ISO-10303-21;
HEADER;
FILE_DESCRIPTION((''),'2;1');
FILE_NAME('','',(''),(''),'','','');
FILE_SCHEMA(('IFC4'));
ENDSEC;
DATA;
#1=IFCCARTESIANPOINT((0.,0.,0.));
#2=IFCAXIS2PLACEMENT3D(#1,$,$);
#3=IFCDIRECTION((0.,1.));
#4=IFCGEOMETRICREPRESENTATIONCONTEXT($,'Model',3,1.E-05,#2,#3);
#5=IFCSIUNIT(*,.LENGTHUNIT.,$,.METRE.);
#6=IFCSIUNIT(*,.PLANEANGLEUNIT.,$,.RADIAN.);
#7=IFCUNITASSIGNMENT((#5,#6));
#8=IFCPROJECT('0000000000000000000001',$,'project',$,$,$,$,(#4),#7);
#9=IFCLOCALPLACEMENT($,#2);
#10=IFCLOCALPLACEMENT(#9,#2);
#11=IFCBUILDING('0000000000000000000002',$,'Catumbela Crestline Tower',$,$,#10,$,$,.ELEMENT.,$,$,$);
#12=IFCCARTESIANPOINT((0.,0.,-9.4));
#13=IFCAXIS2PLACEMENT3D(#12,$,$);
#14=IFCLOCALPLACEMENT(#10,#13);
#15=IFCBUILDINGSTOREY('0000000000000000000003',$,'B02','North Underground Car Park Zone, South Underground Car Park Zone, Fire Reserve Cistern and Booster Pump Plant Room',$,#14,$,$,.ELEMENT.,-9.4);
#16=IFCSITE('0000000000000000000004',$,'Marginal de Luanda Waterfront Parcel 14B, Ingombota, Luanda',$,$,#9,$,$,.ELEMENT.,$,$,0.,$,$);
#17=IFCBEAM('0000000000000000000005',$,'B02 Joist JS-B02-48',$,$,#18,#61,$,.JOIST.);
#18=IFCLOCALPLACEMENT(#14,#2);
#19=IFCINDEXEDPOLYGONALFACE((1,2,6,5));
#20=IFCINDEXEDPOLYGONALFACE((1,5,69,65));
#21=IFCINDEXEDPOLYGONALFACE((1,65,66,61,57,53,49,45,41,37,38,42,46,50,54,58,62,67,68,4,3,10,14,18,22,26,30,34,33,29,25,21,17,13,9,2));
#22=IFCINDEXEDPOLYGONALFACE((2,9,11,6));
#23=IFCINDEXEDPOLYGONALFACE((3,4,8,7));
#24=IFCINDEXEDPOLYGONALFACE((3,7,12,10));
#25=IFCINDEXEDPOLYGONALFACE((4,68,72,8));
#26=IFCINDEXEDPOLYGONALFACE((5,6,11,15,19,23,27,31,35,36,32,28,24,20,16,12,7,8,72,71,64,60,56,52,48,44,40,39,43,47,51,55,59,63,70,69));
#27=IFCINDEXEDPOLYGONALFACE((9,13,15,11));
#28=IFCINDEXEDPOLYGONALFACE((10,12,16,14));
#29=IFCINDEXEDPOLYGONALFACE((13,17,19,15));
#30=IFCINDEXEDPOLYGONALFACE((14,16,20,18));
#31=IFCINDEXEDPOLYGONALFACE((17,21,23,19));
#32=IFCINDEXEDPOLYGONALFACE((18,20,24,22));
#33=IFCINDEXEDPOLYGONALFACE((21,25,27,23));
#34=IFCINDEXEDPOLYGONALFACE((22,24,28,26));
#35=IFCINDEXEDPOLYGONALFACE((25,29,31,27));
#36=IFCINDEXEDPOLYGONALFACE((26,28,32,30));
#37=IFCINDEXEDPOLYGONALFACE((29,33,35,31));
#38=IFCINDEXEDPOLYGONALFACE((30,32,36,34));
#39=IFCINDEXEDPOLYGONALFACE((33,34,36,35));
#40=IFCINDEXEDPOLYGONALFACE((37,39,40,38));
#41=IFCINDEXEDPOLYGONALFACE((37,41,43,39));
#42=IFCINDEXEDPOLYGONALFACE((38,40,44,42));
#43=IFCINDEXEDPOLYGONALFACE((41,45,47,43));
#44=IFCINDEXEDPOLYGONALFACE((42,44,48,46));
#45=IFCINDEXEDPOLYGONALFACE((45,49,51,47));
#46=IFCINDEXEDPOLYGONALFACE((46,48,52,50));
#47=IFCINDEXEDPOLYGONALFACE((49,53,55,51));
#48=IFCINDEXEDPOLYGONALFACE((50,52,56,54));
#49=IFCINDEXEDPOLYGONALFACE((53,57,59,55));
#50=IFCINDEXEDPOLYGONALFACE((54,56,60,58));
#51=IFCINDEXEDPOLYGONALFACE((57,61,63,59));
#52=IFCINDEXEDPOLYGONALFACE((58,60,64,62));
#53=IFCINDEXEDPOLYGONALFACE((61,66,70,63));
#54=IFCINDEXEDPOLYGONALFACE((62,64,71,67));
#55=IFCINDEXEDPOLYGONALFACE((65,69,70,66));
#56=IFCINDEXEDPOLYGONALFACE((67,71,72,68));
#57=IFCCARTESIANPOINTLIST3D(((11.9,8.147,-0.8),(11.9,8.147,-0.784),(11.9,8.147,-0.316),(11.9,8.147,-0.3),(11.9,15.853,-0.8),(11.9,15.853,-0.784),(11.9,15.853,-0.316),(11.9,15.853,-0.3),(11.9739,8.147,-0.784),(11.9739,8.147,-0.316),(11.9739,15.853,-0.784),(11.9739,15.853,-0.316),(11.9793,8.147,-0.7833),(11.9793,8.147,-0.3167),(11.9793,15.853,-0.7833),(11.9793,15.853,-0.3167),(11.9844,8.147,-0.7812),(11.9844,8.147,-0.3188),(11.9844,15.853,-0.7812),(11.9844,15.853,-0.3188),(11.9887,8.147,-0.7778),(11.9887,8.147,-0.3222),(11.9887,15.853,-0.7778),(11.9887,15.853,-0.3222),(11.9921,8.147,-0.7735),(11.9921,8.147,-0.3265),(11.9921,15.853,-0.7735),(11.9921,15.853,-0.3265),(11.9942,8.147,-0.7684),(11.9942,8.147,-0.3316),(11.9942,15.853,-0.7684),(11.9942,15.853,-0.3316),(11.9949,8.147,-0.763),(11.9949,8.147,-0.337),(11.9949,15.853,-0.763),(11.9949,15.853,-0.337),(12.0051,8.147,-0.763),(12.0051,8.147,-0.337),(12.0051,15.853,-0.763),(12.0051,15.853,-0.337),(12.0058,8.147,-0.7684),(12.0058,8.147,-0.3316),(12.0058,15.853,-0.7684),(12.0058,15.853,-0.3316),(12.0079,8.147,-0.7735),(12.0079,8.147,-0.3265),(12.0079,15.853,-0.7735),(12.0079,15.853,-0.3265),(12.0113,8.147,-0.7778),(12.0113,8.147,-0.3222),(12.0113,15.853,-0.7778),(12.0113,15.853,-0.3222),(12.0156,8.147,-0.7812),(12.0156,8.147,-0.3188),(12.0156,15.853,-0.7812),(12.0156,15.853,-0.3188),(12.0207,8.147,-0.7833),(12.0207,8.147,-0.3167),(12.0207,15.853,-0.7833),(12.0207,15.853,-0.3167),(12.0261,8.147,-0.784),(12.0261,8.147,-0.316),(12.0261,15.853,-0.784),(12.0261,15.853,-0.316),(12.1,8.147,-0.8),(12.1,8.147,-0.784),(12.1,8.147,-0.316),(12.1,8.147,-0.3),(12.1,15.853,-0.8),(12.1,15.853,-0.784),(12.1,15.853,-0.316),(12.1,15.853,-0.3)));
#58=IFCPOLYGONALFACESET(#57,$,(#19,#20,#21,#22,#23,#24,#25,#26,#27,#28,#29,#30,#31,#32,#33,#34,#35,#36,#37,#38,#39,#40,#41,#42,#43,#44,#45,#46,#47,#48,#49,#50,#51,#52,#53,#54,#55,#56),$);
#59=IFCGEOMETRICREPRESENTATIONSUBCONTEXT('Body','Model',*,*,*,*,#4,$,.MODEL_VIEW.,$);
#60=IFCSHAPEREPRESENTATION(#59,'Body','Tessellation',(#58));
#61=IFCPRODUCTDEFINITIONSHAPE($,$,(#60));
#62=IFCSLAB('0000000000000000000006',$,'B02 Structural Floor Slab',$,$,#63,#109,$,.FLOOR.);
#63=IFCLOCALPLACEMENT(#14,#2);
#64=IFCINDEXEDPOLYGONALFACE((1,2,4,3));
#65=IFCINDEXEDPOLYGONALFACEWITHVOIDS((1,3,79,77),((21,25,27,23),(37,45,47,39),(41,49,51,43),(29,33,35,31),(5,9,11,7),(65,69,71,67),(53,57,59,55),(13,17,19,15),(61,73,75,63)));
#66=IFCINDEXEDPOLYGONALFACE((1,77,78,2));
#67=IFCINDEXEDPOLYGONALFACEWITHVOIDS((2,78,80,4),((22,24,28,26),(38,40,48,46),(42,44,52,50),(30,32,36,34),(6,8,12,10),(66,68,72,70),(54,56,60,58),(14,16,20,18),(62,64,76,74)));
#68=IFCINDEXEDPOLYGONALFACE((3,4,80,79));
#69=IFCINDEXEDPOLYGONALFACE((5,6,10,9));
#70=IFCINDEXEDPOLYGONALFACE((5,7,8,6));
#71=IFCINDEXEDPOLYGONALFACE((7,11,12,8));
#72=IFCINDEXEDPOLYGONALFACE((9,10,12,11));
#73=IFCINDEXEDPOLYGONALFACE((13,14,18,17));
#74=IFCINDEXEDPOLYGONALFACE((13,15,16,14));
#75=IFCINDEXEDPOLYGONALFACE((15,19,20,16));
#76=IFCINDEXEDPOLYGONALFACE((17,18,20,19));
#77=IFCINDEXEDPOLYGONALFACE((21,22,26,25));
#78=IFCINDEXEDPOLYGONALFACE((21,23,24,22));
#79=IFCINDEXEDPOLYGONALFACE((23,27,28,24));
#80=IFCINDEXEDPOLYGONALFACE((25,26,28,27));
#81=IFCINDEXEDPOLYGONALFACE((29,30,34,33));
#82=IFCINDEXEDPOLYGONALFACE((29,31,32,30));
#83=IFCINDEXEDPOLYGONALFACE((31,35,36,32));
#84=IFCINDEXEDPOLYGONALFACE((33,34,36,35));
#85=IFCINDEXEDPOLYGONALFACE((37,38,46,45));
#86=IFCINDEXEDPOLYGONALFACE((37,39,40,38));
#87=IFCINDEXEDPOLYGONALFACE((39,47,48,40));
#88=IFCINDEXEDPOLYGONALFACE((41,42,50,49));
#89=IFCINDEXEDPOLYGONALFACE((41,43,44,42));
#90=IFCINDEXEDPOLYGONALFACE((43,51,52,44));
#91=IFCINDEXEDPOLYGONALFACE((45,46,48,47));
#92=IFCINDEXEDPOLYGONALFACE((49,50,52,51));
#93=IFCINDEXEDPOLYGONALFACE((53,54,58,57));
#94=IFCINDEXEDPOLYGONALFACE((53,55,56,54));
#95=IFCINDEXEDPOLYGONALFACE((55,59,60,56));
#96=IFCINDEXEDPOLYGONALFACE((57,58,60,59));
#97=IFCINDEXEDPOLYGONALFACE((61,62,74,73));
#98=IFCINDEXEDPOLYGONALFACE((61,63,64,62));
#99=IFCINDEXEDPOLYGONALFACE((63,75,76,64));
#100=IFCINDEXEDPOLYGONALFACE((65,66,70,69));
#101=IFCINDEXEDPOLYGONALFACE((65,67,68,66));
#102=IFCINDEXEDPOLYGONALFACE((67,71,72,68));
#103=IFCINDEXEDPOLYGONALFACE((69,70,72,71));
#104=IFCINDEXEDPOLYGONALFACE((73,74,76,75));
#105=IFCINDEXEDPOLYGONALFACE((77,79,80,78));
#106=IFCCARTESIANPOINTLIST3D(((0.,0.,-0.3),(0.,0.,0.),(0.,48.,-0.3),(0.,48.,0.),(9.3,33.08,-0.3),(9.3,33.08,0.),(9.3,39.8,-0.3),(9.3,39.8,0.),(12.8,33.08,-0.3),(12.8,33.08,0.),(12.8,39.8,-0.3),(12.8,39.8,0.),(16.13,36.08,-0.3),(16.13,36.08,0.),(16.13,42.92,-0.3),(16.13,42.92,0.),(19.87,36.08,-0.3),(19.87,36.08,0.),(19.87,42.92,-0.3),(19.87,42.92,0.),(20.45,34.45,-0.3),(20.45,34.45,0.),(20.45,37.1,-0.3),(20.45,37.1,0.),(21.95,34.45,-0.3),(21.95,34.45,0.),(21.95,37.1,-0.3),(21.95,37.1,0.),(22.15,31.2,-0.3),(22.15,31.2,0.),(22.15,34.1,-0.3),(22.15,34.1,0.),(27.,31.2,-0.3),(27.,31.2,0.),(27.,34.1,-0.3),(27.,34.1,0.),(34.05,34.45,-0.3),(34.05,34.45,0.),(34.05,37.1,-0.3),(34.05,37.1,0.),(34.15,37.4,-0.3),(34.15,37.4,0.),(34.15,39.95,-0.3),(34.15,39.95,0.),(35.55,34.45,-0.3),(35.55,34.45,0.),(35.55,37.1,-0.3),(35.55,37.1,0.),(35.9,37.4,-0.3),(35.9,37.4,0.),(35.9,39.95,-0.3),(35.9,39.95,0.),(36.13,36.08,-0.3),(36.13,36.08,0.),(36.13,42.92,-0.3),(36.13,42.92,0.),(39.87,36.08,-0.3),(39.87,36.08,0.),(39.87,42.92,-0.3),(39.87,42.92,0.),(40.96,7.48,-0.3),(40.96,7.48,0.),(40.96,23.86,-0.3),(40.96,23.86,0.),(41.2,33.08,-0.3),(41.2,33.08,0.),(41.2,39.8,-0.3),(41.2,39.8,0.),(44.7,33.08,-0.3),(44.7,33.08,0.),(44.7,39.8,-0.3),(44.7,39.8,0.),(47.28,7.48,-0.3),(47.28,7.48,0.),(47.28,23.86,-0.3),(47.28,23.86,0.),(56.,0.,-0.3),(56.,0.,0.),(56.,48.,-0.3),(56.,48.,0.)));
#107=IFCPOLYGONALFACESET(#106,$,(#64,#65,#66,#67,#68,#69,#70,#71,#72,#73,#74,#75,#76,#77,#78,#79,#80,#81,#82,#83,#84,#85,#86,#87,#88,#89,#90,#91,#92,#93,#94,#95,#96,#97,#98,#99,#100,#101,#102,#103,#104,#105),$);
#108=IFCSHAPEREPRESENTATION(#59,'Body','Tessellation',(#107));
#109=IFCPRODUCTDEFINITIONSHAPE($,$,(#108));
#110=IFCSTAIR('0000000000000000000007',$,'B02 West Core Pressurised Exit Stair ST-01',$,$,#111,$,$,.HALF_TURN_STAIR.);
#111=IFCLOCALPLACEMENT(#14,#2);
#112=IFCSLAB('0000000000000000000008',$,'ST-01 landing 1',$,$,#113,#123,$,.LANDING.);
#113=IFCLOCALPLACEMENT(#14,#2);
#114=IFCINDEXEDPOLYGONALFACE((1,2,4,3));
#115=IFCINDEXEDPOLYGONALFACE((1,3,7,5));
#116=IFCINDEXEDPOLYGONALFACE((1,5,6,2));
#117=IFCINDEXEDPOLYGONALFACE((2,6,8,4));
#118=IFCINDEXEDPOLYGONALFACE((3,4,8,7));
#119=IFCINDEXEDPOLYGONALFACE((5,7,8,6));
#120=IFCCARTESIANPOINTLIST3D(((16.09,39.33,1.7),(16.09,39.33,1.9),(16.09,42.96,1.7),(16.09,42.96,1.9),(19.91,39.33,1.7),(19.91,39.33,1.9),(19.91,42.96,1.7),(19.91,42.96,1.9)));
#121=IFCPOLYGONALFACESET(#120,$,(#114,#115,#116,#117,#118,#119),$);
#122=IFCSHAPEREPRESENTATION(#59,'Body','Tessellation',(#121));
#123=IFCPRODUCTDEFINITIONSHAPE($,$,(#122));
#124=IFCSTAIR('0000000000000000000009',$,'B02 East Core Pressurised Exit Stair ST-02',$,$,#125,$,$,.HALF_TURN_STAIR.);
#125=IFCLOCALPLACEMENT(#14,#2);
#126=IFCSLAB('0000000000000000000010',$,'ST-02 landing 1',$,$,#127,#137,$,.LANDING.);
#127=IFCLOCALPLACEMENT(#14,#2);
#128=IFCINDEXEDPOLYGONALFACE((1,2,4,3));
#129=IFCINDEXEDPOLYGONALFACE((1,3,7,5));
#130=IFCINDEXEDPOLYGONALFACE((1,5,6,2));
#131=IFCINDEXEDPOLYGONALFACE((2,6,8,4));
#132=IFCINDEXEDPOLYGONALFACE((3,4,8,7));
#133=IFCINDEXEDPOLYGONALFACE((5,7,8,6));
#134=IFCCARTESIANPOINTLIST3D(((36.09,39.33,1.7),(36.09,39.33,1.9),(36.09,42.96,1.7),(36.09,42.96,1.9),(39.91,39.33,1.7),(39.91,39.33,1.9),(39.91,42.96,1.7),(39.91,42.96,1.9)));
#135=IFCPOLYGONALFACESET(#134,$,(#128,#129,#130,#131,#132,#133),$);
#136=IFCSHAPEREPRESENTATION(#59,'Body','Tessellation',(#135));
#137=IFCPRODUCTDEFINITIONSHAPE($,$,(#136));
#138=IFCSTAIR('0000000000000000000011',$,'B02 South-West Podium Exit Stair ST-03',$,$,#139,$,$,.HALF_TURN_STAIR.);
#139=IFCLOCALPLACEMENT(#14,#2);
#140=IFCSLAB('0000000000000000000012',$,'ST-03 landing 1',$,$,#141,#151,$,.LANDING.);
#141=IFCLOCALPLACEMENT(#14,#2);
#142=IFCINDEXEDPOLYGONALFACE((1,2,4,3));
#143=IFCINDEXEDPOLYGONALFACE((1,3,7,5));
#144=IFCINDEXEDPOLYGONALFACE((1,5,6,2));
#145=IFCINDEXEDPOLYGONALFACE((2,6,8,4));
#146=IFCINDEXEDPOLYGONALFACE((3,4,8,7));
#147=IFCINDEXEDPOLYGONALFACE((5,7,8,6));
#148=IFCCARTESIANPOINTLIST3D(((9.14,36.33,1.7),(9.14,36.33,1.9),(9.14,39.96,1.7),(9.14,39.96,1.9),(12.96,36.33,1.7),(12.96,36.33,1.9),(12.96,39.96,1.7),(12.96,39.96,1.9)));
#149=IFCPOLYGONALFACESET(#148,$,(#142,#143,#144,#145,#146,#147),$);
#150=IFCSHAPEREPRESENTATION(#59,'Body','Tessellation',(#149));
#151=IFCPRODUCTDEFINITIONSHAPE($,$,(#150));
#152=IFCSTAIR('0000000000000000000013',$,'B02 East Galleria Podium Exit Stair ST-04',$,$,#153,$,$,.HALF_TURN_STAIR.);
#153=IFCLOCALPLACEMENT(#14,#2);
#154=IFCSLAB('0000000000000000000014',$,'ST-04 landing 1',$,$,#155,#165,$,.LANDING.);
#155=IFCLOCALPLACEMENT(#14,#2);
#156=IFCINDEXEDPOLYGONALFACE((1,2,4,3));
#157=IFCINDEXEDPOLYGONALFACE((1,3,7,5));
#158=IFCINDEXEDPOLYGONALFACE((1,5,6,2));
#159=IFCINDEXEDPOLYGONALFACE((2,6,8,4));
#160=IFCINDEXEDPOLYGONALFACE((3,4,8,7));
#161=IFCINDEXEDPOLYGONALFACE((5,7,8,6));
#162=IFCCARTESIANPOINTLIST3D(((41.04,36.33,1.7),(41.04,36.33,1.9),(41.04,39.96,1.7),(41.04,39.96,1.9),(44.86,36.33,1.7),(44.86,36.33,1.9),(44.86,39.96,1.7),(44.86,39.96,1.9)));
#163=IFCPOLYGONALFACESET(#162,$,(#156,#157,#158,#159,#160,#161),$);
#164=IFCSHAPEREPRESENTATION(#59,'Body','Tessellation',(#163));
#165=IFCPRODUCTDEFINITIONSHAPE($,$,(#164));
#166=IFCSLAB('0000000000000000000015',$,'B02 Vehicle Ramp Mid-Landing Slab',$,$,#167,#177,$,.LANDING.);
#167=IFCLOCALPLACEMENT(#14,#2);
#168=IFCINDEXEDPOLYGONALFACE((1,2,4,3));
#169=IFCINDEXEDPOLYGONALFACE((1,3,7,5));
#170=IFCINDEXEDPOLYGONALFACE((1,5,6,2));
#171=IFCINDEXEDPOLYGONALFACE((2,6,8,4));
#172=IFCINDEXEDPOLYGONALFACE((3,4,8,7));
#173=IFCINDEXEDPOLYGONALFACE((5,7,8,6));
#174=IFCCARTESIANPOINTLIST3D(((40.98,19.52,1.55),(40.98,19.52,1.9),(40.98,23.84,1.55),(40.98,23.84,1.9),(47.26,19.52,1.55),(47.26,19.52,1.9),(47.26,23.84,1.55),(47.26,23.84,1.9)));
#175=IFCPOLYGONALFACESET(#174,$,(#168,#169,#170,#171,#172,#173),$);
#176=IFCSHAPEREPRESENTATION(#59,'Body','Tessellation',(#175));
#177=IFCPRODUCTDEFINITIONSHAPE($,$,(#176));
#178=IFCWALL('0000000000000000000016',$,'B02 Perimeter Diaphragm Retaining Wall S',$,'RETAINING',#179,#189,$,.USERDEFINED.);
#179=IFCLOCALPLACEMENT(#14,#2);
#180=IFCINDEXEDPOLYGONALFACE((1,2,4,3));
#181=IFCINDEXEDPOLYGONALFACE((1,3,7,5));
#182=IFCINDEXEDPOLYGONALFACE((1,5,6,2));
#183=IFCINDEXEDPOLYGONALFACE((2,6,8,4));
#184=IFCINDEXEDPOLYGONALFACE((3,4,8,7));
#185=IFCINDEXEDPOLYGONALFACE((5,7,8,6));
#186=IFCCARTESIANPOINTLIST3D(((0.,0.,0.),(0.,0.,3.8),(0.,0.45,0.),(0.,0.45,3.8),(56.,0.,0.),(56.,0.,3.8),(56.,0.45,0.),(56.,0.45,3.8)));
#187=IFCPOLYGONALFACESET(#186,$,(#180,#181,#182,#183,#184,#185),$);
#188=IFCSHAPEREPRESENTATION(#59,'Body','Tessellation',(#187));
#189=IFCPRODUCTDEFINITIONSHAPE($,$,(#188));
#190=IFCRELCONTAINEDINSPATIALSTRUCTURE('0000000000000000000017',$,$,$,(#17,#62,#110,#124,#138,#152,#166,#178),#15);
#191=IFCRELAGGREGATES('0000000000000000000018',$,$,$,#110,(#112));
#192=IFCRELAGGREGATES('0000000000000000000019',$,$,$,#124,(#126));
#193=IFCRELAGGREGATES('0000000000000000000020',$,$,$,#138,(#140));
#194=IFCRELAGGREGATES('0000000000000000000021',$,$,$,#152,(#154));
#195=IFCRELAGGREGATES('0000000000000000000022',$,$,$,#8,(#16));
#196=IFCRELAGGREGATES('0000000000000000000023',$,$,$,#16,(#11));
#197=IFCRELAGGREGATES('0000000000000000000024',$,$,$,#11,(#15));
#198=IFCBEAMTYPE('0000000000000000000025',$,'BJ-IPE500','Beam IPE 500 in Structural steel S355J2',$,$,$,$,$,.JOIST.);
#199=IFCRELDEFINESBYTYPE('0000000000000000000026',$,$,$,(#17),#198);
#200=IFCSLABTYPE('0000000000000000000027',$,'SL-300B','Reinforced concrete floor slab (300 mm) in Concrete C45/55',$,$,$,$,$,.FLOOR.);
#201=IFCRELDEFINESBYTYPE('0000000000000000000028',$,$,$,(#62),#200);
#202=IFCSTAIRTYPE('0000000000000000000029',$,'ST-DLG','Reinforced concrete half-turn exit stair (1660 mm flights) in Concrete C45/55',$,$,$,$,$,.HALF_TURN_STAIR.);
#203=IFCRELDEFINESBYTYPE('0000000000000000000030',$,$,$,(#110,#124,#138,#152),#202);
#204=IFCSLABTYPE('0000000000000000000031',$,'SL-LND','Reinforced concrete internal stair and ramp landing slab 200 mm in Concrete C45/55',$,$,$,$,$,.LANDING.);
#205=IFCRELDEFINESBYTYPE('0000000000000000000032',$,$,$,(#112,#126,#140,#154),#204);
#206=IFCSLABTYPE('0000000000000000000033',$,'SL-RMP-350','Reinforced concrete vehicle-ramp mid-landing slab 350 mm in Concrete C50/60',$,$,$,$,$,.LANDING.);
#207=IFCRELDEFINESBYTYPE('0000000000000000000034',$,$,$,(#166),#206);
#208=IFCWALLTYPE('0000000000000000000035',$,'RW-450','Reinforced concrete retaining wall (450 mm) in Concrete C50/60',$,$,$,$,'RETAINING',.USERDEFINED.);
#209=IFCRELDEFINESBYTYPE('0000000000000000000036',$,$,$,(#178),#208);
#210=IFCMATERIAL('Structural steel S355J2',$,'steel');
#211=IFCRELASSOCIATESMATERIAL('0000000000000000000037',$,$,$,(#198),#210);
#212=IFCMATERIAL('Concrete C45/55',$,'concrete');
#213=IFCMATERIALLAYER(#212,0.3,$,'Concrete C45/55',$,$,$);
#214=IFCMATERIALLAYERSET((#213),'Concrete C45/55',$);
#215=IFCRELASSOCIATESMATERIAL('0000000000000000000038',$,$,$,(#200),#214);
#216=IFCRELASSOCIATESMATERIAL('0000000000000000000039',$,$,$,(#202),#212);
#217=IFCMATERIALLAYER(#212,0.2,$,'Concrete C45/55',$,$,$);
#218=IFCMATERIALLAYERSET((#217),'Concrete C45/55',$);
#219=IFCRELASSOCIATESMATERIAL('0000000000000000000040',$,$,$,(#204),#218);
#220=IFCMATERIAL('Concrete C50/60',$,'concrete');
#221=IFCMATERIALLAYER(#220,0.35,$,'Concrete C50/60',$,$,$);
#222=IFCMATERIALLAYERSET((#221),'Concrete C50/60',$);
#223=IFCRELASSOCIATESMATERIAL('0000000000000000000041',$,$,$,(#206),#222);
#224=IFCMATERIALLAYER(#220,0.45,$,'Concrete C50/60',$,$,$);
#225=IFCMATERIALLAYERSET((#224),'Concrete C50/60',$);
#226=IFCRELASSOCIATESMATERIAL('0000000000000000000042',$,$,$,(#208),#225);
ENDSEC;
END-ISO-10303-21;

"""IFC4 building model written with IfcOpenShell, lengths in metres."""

from ifc_helpers import new_model, si_unit, direction, frame, frame_2d, origin, origin_2d, place, context, subcontext, project, spatial, polyline, rectangle, i_section, outline, extrude, material, layer, layer_set, material_profile, profile_set, type_object, element, aggregate, save


model = new_model("IFC4")

# Units and contexts
model_context = context("Model", 3, precision=1e-05, world=origin(), true_north=direction((0.0, 1.0)))
body_context = subcontext(model_context, "Body", "Model", "MODEL_VIEW")
ifc_project = project(units=[si_unit("LENGTHUNIT", "METRE"), si_unit("PLANEANGLEUNIT", "RADIAN")], contexts=[model_context])

# Site, building, storey
site_placement = place(None, origin())
site = spatial("IfcSite", under=ifc_project, at=site_placement, Name="Marginal de Luanda Waterfront Parcel 14B, Ingombota, Luanda", CompositionType="ELEMENT", RefElevation=0.0)
building_placement = place(site_placement, origin())
building = spatial("IfcBuilding", under=site, at=building_placement, Name="Catumbela Crestline Tower", CompositionType="ELEMENT")
storey_placement = place(building_placement, frame((0.0, 0.0, -9.4)))
storey = spatial("IfcBuildingStorey", under=building, at=storey_placement, Name="B02", Description="North Underground Car Park Zone, South Underground Car Park Zone, Fire Reserve Cistern and Booster Pump Plant Room", CompositionType="ELEMENT", Elevation=-9.4)

# Beam
ifc_material_1 = material(Name="Structural steel S355J2", Category="steel")
ifc_material_profile_1 = material_profile(ifc_material_1, i_section(OverallWidth=0.2, OverallDepth=0.5, WebThickness=0.0102, FlangeThickness=0.016, FilletRadius=0.021, at=origin_2d()), Name="IPE 500")
ifc_profile_set_1 = profile_set([ifc_material_profile_1], Name="Structural steel S355J2")
beam_type_1 = type_object("IfcBeamType", Name="BJ-IPE500", Description="Beam IPE 500 in Structural steel S355J2", PredefinedType="JOIST", material=ifc_profile_set_1)
beam_1_placement = place(storey_placement, frame((12.0, 8.147, -0.55), z_axis=(0.0, 1.0, 0.0), x_axis=(-1.0, 0.0, 0.0)))
element("IfcBeam", 1, at=beam_1_placement, inside=storey, type_object=beam_type_1, Name="B02 Joist JS-B02-48", PredefinedType="JOIST", context=body_context, shape_type="SweptSolid", body=[
    extrude(i_section(OverallWidth=0.2, OverallDepth=0.5, WebThickness=0.0102, FlangeThickness=0.016, FilletRadius=0.021, at=origin_2d()), origin(), (0.0, 0.0, 1.0), 7.706),
])

# Slab
ifc_material_2 = material(Name="Concrete C45/55", Category="concrete")
ifc_layer_1 = layer(ifc_material_2, 0.3, Name="Concrete C45/55")
ifc_layer_set_1 = layer_set([ifc_layer_1], Name="Concrete C45/55")
slab_type_1 = type_object("IfcSlabType", Name="SL-300B", Description="Reinforced concrete floor slab (300 mm) in Concrete C45/55", PredefinedType="FLOOR", material=ifc_layer_set_1)
slab_1_placement = place(storey_placement, frame((0.0, 0.0, -0.3)))
element("IfcSlab", 2, at=slab_1_placement, inside=storey, type_object=slab_type_1, Name="B02 Structural Floor Slab", PredefinedType="FLOOR", context=body_context, shape_type="SweptSolid", body=[
    extrude(outline(polyline([(0.0, 0.0), (56.0, 0.0), (56.0, 48.0), (0.0, 48.0), (0.0, 0.0)]), holes=[polyline([(16.13, 36.08), (19.87, 36.08), (19.87, 42.92), (16.13, 42.92), (16.13, 36.08)]), polyline([(36.13, 36.08), (39.87, 36.08), (39.87, 42.92), (36.13, 42.92), (36.13, 36.08)]), polyline([(12.8, 33.08), (12.8, 39.8), (9.3, 39.8), (9.3, 33.08), (12.8, 33.08)]), polyline([(44.7, 33.08), (44.7, 39.8), (41.2, 39.8), (41.2, 33.08), (44.7, 33.08)]), polyline([(22.15, 31.2), (27.0, 31.2), (27.0, 34.1), (22.15, 34.1), (22.15, 31.2)]), polyline([(20.45, 34.45), (21.95, 34.45), (21.95, 37.1), (20.45, 37.1), (20.45, 34.45)]), polyline([(34.05, 34.45), (35.55, 34.45), (35.55, 37.1), (34.05, 37.1), (34.05, 34.45)]), polyline([(34.15, 37.4), (35.9, 37.4), (35.9, 39.95), (34.15, 39.95), (34.15, 37.4)]), polyline([(40.96, 7.48), (47.28, 7.48), (47.28, 23.86), (40.96, 23.86), (40.96, 7.48)])]), origin(), (0.0, 0.0, 1.0), 0.3),
])

# Stairs, slabs
stair_type = type_object("IfcStairType", Name="ST-DLG", Description="Reinforced concrete half-turn exit stair (1660 mm flights) in Concrete C45/55", PredefinedType="HALF_TURN_STAIR", material=ifc_material_2)
stair_1_placement = place(storey_placement, origin())
stair_1 = element("IfcStair", 3, at=stair_1_placement, inside=storey, type_object=stair_type, Name="B02 West Core Pressurised Exit Stair ST-01", PredefinedType="HALF_TURN_STAIR")
ifc_layer_2 = layer(ifc_material_2, 0.2, Name="Concrete C45/55")
ifc_layer_set_2 = layer_set([ifc_layer_2], Name="Concrete C45/55")
slab_type_2 = type_object("IfcSlabType", Name="SL-LND", Description="Reinforced concrete internal stair and ramp landing slab 200 mm in Concrete C45/55", PredefinedType="LANDING", material=ifc_layer_set_2)
slab_2_placement = place(storey_placement, frame((0.0, 0.0, 1.7)))
slab_2 = element("IfcSlab", 4, at=slab_2_placement, type_object=slab_type_2, Name="ST-01 landing 1", PredefinedType="LANDING", context=body_context, shape_type="SweptSolid", body=[
    extrude(outline(polyline([(19.91, 39.33), (19.91, 42.96), (16.09, 42.96), (16.09, 39.33), (19.91, 39.33)])), origin(), (0.0, 0.0, 1.0), 0.2),
])
aggregate(stair_1, [slab_2])
stair_2_placement = place(storey_placement, origin())
stair_2 = element("IfcStair", 5, at=stair_2_placement, inside=storey, type_object=stair_type, Name="B02 East Core Pressurised Exit Stair ST-02", PredefinedType="HALF_TURN_STAIR")
slab_3_placement = place(storey_placement, frame((0.0, 0.0, 1.7)))
slab_3 = element("IfcSlab", 6, at=slab_3_placement, type_object=slab_type_2, Name="ST-02 landing 1", PredefinedType="LANDING", context=body_context, shape_type="SweptSolid", body=[
    extrude(outline(polyline([(39.91, 39.33), (39.91, 42.96), (36.09, 42.96), (36.09, 39.33), (39.91, 39.33)])), origin(), (0.0, 0.0, 1.0), 0.2),
])
aggregate(stair_2, [slab_3])
stair_3_placement = place(storey_placement, origin())
stair_3 = element("IfcStair", 7, at=stair_3_placement, inside=storey, type_object=stair_type, Name="B02 South-West Podium Exit Stair ST-03", PredefinedType="HALF_TURN_STAIR")
slab_4_placement = place(storey_placement, frame((0.0, 0.0, 1.7)))
slab_4 = element("IfcSlab", 8, at=slab_4_placement, type_object=slab_type_2, Name="ST-03 landing 1", PredefinedType="LANDING", context=body_context, shape_type="SweptSolid", body=[
    extrude(outline(polyline([(12.96, 36.33), (12.96, 39.96), (9.14, 39.96), (9.14, 36.33), (12.96, 36.33)])), origin(), (0.0, 0.0, 1.0), 0.2),
])
aggregate(stair_3, [slab_4])
stair_4_placement = place(storey_placement, origin())
stair_4 = element("IfcStair", 9, at=stair_4_placement, inside=storey, type_object=stair_type, Name="B02 East Galleria Podium Exit Stair ST-04", PredefinedType="HALF_TURN_STAIR")
slab_5_placement = place(storey_placement, frame((0.0, 0.0, 1.7)))
slab_5 = element("IfcSlab", 10, at=slab_5_placement, type_object=slab_type_2, Name="ST-04 landing 1", PredefinedType="LANDING", context=body_context, shape_type="SweptSolid", body=[
    extrude(outline(polyline([(44.86, 36.33), (44.86, 39.96), (41.04, 39.96), (41.04, 36.33), (44.86, 36.33)])), origin(), (0.0, 0.0, 1.0), 0.2),
])
aggregate(stair_4, [slab_5])

# Slab
ifc_material_3 = material(Name="Concrete C50/60", Category="concrete")
ifc_layer_3 = layer(ifc_material_3, 0.35, Name="Concrete C50/60")
ifc_layer_set_3 = layer_set([ifc_layer_3], Name="Concrete C50/60")
slab_type_3 = type_object("IfcSlabType", Name="SL-RMP-350", Description="Reinforced concrete vehicle-ramp mid-landing slab 350 mm in Concrete C50/60", PredefinedType="LANDING", material=ifc_layer_set_3)
slab_6_placement = place(storey_placement, frame((0.0, 0.0, 1.55)))
element("IfcSlab", 11, at=slab_6_placement, inside=storey, type_object=slab_type_3, Name="B02 Vehicle Ramp Mid-Landing Slab", PredefinedType="LANDING", context=body_context, shape_type="SweptSolid", body=[
    extrude(outline(polyline([(40.98, 19.52), (47.26, 19.52), (47.26, 23.84), (40.98, 23.84), (40.98, 19.52)])), origin(), (0.0, 0.0, 1.0), 0.35),
])

# Wall
ifc_layer_4 = layer(ifc_material_3, 0.45, Name="Concrete C50/60")
ifc_layer_set_4 = layer_set([ifc_layer_4], Name="Concrete C50/60")
wall_type = type_object("IfcWallType", Name="RW-450", Description="Reinforced concrete retaining wall (450 mm) in Concrete C50/60", ElementType="RETAINING", PredefinedType="USERDEFINED", material=ifc_layer_set_4)
wall_1_placement = place(storey_placement, frame((0.0, 0.225, 0.0), z_axis=(0.0, 0.0, 1.0), x_axis=(1.0, 0.0, 0.0)))
element("IfcWall", 12, at=wall_1_placement, inside=storey, type_object=wall_type, Name="B02 Perimeter Diaphragm Retaining Wall S", ObjectType="RETAINING", PredefinedType="USERDEFINED", context=body_context, shape_type="SweptSolid", body=[
    extrude(rectangle(XDim=56.0, YDim=0.45, at=frame_2d((28.0, 0.0))), origin(), (0.0, 0.0, 1.0), 3.8),
])

save(model, "model.ifc")
